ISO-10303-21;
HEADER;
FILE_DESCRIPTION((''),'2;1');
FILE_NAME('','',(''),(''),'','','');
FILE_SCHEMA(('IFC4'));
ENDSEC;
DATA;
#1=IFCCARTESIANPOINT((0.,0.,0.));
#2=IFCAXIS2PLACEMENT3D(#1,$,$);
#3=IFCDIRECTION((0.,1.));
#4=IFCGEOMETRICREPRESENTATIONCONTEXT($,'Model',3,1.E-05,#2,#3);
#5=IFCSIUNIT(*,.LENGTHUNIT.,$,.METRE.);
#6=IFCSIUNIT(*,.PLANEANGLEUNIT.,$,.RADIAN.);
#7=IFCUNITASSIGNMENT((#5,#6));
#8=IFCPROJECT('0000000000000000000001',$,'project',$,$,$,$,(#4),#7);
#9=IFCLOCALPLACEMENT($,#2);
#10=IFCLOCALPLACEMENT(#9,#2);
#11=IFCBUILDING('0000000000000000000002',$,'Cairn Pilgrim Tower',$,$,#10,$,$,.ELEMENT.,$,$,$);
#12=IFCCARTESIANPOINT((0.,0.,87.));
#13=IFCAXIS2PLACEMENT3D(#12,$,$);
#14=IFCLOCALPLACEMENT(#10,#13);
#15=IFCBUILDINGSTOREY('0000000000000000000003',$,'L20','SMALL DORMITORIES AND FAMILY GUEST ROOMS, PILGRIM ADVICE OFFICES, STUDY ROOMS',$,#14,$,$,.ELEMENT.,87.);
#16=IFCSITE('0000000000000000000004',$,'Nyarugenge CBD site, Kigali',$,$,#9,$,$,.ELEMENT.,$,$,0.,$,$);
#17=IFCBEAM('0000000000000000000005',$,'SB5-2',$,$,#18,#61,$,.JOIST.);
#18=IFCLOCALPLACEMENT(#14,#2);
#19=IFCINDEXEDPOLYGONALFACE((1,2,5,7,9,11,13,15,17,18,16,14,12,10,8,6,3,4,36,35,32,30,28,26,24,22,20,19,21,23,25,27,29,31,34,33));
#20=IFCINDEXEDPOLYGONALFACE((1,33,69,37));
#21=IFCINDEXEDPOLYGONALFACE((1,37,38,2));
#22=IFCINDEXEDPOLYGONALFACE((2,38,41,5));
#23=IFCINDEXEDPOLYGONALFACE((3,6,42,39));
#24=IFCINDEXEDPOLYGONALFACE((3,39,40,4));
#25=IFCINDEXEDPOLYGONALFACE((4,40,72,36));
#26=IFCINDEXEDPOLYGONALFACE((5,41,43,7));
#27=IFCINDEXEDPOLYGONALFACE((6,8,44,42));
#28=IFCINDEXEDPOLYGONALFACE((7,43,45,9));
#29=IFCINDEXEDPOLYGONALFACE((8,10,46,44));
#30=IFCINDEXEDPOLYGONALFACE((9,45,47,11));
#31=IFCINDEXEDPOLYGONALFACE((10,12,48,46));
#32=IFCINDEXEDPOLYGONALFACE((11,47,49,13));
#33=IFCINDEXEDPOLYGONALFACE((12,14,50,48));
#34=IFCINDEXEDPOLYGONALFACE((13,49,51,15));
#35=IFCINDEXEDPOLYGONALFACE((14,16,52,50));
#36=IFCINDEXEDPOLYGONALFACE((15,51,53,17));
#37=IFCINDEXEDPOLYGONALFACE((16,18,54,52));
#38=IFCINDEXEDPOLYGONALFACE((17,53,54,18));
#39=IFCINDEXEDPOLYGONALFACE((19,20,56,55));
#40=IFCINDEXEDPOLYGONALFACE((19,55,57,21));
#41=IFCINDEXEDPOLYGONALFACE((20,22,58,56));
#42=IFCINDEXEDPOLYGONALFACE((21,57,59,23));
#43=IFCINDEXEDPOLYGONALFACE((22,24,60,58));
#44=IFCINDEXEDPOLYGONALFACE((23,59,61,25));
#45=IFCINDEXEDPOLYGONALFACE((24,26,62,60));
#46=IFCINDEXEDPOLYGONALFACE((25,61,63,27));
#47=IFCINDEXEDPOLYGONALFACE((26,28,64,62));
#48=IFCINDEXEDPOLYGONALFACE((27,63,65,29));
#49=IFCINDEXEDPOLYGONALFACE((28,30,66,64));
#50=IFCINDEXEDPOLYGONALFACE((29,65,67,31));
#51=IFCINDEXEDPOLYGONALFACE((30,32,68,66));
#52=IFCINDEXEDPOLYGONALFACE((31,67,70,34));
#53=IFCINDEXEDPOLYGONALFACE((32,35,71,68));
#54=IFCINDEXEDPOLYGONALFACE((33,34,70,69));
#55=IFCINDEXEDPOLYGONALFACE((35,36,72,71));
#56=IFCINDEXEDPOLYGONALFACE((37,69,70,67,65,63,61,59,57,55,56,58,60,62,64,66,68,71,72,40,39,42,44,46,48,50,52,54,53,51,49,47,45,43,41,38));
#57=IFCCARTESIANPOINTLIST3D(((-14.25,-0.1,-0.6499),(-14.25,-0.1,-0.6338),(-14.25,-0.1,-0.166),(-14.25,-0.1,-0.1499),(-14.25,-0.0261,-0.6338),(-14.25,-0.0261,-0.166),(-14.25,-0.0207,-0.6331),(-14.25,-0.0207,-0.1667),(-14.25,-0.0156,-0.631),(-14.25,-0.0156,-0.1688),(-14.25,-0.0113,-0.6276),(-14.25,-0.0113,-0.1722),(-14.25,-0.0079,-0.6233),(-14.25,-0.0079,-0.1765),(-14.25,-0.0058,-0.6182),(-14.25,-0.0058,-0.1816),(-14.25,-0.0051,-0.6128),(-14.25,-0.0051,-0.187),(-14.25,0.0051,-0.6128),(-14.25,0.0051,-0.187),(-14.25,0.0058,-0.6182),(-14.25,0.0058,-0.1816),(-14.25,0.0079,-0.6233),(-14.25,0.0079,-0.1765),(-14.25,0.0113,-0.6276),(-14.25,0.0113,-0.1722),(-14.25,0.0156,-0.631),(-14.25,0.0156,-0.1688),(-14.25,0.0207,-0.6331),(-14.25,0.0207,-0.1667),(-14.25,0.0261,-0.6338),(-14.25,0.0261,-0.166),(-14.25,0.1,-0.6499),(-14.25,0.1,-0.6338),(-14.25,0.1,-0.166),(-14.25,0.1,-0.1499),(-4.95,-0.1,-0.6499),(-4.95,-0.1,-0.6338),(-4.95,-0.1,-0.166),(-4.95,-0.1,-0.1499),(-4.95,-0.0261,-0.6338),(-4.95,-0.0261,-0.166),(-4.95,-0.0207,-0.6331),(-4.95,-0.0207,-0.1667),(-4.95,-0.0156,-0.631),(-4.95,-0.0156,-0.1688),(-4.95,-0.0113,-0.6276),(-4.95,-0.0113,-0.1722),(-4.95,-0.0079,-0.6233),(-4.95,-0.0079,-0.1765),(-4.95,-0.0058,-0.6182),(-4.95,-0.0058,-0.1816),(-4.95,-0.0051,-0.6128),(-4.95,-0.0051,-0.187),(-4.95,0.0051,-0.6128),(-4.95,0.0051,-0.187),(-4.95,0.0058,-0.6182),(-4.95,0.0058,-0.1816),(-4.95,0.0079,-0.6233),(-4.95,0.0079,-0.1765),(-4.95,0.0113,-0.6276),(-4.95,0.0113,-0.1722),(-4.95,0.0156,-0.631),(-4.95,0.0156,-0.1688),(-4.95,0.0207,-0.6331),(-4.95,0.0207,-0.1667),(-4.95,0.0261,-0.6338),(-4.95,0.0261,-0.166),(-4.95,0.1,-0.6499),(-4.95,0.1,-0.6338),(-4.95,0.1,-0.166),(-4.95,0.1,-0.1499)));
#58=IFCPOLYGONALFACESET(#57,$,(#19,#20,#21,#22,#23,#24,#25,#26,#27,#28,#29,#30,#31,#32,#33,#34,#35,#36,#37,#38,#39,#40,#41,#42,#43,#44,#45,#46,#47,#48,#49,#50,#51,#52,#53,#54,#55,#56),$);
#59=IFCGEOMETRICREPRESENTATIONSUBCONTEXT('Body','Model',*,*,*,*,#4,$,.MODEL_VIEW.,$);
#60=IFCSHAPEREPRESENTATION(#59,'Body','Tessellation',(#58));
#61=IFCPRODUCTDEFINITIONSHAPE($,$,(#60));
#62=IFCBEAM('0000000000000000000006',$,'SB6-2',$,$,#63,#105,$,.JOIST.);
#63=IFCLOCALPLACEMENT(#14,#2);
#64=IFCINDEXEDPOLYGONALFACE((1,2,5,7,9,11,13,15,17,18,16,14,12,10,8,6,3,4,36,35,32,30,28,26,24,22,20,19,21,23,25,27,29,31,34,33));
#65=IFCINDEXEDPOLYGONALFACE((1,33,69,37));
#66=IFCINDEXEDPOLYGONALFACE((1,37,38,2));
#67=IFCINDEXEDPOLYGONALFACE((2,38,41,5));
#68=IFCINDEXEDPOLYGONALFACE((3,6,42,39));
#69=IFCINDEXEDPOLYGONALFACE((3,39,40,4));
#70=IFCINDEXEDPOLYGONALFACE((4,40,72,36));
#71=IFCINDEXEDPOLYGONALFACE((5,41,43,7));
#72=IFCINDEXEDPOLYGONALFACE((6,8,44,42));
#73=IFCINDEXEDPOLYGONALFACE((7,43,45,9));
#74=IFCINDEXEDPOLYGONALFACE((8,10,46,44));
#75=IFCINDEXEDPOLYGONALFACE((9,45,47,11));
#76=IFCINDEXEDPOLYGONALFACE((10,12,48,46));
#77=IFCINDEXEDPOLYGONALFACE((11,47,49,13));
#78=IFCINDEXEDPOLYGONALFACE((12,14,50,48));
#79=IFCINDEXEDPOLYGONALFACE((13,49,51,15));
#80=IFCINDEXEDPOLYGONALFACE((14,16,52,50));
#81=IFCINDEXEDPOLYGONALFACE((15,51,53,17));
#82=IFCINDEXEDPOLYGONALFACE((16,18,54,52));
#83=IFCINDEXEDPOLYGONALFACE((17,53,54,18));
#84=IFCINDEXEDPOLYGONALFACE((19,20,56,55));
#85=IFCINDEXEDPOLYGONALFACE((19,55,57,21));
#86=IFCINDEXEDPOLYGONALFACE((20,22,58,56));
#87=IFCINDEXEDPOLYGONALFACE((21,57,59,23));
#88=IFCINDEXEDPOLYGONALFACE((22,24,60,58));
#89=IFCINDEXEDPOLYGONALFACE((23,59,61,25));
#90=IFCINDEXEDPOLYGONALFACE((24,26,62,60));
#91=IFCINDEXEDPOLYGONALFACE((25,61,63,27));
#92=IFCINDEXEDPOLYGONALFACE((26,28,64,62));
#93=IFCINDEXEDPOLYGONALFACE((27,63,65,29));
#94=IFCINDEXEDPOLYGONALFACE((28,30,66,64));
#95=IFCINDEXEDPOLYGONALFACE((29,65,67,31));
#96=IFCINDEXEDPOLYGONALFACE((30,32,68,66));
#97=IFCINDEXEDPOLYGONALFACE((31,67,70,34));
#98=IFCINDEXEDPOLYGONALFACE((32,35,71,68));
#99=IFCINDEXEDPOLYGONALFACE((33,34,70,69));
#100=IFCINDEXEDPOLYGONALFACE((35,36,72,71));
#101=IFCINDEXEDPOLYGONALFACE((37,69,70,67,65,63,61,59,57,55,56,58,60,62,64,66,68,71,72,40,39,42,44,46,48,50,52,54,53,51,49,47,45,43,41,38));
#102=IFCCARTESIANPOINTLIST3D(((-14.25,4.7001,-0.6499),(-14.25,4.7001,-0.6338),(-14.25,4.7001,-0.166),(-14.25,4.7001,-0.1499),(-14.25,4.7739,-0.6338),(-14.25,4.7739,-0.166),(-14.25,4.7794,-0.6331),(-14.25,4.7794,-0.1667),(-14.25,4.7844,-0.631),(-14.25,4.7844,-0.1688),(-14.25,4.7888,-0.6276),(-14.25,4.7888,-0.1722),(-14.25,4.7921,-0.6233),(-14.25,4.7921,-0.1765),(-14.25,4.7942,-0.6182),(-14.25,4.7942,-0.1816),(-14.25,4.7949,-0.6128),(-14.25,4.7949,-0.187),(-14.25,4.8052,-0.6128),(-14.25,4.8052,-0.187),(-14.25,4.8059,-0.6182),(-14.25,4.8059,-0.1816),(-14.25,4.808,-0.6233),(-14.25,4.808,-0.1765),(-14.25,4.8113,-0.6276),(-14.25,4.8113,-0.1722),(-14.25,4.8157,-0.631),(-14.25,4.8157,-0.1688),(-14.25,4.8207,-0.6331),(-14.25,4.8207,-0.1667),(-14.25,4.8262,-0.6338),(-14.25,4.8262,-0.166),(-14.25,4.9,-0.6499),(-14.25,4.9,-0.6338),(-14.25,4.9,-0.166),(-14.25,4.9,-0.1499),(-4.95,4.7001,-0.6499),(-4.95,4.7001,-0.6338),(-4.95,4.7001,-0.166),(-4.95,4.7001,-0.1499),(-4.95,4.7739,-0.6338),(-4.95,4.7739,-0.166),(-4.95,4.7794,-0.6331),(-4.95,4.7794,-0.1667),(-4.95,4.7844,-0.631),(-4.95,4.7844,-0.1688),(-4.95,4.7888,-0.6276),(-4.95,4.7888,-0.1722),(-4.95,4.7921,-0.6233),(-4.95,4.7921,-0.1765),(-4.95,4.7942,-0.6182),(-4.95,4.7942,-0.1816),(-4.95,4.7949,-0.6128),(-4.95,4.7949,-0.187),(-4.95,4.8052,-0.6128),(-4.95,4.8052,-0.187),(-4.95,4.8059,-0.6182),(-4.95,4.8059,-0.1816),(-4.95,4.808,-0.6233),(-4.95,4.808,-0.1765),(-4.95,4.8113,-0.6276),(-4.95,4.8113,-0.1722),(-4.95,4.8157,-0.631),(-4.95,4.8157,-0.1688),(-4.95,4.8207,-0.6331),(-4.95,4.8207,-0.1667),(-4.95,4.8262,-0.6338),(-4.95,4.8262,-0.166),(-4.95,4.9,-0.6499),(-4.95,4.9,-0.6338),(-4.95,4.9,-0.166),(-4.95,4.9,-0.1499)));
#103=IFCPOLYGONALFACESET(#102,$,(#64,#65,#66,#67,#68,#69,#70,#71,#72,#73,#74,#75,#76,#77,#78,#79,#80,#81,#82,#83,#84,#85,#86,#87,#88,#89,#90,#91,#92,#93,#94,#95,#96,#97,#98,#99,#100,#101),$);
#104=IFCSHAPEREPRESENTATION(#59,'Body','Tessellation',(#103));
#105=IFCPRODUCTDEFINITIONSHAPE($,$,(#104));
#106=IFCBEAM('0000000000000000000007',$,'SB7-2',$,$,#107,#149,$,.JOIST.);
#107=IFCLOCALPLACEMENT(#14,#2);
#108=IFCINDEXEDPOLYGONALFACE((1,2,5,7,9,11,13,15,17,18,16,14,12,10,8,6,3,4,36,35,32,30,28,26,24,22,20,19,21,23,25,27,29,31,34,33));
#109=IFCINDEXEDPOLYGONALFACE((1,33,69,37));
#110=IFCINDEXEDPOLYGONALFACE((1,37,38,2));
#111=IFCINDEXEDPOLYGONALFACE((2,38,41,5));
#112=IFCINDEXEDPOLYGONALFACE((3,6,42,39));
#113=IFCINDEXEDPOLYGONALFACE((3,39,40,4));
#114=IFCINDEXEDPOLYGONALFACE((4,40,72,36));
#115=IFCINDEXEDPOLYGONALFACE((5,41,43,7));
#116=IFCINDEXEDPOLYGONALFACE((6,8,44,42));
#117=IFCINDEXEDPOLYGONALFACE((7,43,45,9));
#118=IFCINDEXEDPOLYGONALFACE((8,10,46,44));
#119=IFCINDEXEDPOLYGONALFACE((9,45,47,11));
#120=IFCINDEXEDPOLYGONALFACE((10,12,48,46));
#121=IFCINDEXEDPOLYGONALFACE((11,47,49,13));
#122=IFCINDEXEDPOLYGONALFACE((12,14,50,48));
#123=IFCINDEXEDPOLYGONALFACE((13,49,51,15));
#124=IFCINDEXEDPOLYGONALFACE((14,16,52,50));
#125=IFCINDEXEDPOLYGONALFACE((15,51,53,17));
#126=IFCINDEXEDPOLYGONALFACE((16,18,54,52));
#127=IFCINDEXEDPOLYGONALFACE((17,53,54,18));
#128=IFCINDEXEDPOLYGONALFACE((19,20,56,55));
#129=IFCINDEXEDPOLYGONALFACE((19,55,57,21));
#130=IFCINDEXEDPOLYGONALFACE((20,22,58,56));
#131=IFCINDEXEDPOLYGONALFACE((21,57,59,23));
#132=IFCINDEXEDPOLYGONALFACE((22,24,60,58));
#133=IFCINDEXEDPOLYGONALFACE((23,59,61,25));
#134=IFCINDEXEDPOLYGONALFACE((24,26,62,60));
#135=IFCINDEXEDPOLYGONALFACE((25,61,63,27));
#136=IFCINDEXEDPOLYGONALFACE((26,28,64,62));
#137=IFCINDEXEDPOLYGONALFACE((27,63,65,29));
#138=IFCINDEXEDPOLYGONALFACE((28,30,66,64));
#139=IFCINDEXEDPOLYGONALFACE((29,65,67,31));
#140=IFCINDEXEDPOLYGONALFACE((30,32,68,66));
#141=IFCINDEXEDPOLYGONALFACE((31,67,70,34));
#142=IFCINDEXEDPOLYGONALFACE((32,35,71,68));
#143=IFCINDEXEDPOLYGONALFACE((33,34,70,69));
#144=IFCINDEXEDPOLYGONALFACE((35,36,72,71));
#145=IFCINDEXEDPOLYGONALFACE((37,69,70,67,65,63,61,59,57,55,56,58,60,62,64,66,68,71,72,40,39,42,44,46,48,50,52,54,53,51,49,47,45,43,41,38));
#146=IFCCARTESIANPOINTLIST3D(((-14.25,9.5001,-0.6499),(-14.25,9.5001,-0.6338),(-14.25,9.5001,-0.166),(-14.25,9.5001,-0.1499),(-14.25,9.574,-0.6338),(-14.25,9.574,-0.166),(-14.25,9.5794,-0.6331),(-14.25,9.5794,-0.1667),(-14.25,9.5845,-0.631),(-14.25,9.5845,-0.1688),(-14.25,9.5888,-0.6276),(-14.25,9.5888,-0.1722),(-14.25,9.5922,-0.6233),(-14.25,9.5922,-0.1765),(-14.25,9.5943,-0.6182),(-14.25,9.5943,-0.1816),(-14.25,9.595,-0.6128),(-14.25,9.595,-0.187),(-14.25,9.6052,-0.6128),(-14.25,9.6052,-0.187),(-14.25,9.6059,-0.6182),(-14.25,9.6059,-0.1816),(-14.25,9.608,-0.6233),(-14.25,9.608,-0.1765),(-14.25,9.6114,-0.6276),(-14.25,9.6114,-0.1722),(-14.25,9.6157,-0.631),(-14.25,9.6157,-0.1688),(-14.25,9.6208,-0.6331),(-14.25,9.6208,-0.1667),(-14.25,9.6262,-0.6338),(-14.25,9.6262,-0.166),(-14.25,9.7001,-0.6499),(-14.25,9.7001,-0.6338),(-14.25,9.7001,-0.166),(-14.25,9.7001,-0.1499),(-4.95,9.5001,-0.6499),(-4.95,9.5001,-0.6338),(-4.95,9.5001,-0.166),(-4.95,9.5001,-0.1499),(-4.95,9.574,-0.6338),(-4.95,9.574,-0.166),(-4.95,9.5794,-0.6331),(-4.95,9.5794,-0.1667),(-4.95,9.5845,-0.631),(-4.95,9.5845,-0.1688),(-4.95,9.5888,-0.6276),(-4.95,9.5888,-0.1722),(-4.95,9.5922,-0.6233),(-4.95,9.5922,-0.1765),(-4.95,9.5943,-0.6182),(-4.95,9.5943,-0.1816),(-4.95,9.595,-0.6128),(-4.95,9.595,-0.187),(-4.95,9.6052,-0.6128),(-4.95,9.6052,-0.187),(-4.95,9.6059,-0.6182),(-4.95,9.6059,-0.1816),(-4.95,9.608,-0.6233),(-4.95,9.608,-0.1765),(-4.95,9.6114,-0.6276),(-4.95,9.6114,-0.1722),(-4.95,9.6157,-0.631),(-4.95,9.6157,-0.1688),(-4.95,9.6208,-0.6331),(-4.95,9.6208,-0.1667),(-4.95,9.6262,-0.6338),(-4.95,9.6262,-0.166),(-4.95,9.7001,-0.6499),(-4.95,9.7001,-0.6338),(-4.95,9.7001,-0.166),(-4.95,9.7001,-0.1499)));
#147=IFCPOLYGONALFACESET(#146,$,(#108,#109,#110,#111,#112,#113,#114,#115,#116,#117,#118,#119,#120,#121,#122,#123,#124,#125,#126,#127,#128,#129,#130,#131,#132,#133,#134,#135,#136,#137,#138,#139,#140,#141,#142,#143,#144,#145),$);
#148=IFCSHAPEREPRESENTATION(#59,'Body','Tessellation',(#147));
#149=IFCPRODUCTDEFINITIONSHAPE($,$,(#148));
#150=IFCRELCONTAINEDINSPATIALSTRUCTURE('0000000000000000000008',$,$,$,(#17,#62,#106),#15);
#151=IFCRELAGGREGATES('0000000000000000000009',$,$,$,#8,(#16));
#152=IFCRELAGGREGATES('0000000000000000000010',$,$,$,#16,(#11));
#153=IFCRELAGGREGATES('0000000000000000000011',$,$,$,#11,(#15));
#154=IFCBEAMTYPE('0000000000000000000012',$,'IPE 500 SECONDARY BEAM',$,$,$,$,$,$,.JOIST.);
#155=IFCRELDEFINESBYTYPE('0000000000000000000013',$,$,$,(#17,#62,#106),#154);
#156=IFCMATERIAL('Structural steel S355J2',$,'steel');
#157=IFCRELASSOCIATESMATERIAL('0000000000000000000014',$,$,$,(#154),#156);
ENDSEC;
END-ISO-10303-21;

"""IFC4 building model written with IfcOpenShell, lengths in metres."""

from ifc_helpers import new_model, si_unit, direction, frame, origin, origin_2d, place, context, subcontext, project, spatial, i_section, extrude, material, material_profile, profile_set, type_object, element, save


model = new_model("IFC4")

# Units and contexts
model_context = context("Model", 3, precision=1e-05, world=origin(), true_north=direction((0.0, 1.0)))
body_context = subcontext(model_context, "Body", "Model", "MODEL_VIEW")
ifc_project = project(units=[si_unit("LENGTHUNIT", "METRE"), si_unit("PLANEANGLEUNIT", "RADIAN")], contexts=[model_context])

# Site, building, storey
site_placement = place(None, origin())
site = spatial("IfcSite", under=ifc_project, at=site_placement, Name="Nyarugenge CBD site, Kigali", CompositionType="ELEMENT", RefElevation=0.0)
building_placement = place(site_placement, origin())
building = spatial("IfcBuilding", under=site, at=building_placement, Name="Cairn Pilgrim Tower", CompositionType="ELEMENT")
storey_placement = place(building_placement, frame((0.0, 0.0, 87.0)))
storey = spatial("IfcBuildingStorey", under=building, at=storey_placement, Name="L20", Description="SMALL DORMITORIES AND FAMILY GUEST ROOMS, PILGRIM ADVICE OFFICES, STUDY ROOMS", CompositionType="ELEMENT", Elevation=87.0)

# Beams
ifc_material_1 = material(Name="Structural steel S355J2", Category="steel")
ifc_material_profile_1 = material_profile(ifc_material_1, i_section(OverallWidth=0.2, OverallDepth=0.5, WebThickness=0.0103, FlangeThickness=0.0161, FilletRadius=0.021, at=origin_2d()), Name="IPE 500")
ifc_profile_set_1 = profile_set([ifc_material_profile_1], Name="Structural steel S355J2")
beam_type_1 = type_object("IfcBeamType", Name="IPE 500 SECONDARY BEAM", PredefinedType="JOIST", material=ifc_profile_set_1)
for number, where, z_axis, x_axis, name in (
    (1, (-14.25, 0.0, -0.3999), (1.0, 0.0, 0.0), (0.0, 1.0, 0.0), "SB5-2"),
    (2, (-14.25, 4.8, -0.3999), (1.0, 0.0, 0.0), (0.0, 1.0, 0.0), "SB6-2"),
    (3, (-14.25, 9.6001, -0.3999), (1.0, 0.0, 0.0), (0.0, 1.0, 0.0), "SB7-2"),
):
    element("IfcBeam", number, at=place(storey_placement, frame(where, z_axis=z_axis, x_axis=x_axis)), inside=storey, type_object=beam_type_1, Name=name, PredefinedType="JOIST", context=body_context, shape_type="SweptSolid", body=[
        extrude(i_section(OverallWidth=0.2, OverallDepth=0.5, WebThickness=0.0103, FlangeThickness=0.0161, FilletRadius=0.021, at=origin_2d()), origin(), (0.0, 0.0, 1.0), 9.3),
    ])

save(model, "model.ifc")
